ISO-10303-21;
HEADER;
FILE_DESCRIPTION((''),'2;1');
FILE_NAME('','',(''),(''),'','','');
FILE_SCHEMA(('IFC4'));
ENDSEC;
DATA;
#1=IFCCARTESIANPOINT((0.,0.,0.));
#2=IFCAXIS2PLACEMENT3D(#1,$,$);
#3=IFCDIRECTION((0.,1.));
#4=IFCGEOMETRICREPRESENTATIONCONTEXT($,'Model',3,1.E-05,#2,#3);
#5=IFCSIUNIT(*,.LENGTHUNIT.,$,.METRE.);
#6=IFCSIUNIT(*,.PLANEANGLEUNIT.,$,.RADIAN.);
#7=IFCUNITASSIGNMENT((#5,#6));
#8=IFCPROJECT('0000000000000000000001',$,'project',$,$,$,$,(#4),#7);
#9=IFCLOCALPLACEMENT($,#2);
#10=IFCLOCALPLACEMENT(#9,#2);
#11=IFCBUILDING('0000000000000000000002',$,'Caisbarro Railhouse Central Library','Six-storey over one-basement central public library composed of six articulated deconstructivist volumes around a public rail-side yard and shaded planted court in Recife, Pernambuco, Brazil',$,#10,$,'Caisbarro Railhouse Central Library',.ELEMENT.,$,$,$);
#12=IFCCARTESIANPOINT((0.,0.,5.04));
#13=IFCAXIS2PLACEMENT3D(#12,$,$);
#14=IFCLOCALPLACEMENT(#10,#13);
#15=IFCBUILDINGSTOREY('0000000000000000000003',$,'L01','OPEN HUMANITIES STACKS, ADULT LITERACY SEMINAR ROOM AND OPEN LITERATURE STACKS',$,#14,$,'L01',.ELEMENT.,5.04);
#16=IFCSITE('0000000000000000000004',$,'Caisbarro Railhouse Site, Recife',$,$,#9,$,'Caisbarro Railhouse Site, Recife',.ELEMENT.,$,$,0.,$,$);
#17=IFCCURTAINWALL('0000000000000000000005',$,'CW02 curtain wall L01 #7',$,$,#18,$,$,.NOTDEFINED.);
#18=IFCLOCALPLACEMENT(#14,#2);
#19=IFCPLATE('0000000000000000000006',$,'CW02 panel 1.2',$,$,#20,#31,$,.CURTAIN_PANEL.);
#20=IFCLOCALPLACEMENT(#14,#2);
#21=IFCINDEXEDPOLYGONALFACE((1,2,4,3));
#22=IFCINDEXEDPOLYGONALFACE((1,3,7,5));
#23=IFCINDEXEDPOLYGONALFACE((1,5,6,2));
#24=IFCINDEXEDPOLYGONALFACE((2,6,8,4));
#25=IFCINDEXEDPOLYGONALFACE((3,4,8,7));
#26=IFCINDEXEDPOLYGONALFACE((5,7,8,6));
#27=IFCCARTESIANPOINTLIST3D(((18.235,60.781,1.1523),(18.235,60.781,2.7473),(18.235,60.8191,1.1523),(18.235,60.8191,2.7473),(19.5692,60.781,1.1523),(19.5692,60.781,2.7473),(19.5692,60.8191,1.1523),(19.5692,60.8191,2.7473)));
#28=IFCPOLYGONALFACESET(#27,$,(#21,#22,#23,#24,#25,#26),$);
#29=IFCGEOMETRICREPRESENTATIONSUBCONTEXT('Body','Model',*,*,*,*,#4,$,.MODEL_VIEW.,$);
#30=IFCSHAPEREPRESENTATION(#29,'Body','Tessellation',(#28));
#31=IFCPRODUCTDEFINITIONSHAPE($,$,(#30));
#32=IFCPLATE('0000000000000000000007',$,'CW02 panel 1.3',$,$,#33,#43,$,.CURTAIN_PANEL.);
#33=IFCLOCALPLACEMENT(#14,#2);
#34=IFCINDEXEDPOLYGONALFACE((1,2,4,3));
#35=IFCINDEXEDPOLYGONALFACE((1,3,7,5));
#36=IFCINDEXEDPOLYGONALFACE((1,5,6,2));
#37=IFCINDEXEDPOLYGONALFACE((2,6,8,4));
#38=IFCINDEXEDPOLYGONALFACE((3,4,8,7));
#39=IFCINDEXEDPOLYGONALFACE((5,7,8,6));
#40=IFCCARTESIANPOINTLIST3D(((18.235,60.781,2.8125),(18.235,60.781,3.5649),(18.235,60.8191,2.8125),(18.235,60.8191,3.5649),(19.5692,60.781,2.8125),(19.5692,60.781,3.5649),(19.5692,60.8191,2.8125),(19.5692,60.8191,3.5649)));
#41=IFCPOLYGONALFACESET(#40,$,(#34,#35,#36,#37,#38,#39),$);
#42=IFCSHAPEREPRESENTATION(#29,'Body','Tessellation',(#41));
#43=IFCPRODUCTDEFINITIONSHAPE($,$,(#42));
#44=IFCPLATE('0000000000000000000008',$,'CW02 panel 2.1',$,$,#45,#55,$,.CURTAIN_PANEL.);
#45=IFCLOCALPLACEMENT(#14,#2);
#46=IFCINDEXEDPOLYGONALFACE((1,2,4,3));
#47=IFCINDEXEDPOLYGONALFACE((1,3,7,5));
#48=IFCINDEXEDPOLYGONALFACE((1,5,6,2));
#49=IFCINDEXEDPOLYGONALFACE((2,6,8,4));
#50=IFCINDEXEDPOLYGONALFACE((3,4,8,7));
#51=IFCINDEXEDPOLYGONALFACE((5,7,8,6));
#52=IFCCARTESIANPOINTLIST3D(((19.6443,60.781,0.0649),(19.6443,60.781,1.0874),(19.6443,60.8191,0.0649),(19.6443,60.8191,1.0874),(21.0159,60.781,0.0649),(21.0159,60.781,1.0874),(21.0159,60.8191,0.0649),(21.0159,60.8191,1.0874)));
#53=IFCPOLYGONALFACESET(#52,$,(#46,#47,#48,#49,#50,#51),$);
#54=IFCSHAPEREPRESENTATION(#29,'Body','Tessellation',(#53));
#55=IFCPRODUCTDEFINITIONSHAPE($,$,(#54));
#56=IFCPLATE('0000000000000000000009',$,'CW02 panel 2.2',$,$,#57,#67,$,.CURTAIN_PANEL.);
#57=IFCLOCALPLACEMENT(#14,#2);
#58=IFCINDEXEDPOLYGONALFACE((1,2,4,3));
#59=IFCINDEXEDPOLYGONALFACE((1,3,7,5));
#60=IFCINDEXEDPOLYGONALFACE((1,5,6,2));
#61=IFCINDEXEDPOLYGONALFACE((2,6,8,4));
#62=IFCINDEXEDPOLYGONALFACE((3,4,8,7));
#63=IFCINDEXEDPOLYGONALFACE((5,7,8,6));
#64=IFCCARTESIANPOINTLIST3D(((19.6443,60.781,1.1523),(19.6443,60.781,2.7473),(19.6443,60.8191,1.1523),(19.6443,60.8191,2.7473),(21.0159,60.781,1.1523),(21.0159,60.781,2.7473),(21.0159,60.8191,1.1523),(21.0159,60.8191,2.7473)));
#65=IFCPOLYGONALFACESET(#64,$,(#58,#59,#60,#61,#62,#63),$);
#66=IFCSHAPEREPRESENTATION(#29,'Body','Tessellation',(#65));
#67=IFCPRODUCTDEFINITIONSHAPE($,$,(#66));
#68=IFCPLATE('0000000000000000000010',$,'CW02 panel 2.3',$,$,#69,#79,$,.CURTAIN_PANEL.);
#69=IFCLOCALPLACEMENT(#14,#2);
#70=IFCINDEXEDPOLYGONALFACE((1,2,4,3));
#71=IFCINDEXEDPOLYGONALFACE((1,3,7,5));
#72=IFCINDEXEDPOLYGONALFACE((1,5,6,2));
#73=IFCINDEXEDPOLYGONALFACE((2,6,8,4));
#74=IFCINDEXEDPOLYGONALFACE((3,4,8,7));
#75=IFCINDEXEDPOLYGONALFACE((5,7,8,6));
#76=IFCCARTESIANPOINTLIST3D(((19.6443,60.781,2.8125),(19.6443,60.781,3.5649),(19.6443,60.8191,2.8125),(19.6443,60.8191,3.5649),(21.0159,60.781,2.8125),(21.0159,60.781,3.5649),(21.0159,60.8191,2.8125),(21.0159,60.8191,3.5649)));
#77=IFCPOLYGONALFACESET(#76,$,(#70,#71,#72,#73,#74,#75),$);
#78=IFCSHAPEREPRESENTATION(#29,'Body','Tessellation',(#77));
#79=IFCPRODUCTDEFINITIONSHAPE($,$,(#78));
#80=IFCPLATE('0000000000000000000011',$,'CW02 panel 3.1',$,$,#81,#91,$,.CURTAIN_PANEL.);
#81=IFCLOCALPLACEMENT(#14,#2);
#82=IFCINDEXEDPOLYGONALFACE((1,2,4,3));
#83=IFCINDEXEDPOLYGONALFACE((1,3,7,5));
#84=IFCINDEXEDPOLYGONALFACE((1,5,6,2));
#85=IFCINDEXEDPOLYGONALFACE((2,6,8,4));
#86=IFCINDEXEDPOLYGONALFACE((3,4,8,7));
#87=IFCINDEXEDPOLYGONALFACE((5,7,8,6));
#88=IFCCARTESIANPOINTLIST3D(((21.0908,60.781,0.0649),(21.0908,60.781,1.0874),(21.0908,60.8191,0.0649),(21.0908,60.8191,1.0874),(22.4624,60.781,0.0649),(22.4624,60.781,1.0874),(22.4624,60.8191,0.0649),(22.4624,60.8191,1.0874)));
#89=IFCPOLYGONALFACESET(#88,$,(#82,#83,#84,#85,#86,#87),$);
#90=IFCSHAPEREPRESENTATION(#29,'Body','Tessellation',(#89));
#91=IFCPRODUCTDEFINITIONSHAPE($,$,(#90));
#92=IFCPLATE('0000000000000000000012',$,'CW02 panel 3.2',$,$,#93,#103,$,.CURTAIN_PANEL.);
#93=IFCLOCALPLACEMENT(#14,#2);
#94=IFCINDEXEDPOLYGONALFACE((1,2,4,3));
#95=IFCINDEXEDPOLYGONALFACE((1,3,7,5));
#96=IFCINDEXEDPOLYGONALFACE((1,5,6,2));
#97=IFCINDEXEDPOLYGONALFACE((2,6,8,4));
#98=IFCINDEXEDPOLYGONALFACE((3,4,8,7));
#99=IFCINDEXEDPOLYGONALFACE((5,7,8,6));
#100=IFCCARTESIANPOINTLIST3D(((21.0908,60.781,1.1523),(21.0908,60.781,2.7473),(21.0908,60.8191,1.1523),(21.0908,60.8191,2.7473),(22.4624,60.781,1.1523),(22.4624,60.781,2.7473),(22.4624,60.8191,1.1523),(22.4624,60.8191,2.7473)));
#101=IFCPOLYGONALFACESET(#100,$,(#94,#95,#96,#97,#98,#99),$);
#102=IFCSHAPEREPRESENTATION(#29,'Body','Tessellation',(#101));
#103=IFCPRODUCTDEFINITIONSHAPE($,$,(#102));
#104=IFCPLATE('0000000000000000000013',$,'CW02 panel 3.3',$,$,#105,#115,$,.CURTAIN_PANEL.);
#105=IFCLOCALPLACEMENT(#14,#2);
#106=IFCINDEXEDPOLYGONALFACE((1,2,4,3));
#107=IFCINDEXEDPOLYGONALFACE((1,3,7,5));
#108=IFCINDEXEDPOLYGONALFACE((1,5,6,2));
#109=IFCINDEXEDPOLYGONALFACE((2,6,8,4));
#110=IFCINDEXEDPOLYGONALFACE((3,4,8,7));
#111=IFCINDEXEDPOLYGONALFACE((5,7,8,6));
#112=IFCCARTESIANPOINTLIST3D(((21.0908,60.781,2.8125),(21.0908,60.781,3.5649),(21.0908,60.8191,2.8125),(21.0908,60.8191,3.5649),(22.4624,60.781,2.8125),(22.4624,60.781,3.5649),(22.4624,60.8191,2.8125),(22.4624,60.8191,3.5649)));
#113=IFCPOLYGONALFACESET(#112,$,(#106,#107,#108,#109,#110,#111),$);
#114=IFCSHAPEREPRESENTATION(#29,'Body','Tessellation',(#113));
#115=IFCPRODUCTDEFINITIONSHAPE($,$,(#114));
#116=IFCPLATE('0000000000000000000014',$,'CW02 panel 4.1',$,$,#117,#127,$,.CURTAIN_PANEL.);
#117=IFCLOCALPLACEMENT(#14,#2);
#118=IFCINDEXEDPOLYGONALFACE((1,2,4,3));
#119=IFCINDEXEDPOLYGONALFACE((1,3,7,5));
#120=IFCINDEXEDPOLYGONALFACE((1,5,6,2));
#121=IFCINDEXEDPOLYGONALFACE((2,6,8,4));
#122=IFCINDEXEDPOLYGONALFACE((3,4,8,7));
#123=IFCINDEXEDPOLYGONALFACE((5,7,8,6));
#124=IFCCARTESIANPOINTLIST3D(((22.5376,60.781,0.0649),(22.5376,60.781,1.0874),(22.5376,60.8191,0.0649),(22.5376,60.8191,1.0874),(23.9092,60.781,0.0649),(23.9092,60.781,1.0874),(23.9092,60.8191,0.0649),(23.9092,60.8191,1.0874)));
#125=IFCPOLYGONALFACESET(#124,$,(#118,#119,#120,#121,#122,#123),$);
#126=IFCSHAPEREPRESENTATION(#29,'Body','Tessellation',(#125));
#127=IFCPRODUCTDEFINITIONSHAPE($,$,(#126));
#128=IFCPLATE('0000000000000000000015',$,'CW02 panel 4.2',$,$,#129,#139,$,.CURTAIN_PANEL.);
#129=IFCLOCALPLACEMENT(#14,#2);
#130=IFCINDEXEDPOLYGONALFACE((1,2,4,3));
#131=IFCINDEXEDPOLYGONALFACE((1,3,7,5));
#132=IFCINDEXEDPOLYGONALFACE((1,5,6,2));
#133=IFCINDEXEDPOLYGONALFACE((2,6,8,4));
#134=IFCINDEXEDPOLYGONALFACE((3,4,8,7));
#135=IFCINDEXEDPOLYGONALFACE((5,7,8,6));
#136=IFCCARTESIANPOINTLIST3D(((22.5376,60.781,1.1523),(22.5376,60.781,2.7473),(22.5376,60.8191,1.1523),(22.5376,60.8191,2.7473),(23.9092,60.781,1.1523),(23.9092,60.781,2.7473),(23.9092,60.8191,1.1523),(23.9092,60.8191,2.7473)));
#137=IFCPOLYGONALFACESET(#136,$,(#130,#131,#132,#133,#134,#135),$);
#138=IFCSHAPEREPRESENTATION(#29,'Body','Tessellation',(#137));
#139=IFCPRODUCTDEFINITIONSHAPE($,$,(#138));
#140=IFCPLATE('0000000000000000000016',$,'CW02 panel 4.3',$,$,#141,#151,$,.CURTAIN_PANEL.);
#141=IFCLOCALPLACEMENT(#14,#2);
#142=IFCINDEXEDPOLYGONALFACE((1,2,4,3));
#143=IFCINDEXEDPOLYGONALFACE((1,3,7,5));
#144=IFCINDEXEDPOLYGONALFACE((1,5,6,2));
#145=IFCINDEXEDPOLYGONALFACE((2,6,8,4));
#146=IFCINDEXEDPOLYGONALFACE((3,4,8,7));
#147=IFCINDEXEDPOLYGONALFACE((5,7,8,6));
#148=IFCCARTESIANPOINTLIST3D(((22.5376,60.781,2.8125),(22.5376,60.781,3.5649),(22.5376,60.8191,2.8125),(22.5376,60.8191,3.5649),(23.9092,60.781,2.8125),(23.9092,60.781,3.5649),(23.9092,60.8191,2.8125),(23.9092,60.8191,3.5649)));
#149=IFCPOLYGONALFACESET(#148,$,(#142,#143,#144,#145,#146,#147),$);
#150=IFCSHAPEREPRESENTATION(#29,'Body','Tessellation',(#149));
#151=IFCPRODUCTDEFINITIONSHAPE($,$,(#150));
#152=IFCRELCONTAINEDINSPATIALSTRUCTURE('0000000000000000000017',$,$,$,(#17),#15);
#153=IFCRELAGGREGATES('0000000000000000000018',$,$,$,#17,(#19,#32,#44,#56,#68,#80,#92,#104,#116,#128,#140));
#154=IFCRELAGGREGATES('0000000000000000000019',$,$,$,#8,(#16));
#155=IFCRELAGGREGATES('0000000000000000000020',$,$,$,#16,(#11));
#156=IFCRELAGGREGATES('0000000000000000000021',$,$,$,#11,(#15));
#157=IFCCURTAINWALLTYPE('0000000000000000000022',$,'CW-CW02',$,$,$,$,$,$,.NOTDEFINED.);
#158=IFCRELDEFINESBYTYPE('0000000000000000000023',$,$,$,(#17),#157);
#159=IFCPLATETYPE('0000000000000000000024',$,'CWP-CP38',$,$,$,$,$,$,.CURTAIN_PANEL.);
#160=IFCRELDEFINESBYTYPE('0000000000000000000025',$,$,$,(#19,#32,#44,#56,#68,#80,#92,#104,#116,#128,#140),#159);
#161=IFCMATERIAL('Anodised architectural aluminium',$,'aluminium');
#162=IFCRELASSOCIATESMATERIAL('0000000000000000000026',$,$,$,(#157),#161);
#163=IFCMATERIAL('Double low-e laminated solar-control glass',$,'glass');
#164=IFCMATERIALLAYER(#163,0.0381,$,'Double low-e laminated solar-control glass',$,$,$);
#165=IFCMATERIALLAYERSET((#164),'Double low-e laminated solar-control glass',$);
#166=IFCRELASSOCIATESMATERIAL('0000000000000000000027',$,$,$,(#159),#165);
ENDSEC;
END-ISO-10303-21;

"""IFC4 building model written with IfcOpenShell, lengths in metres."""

from ifc_helpers import new_model, si_unit, direction, frame, origin, origin_2d, place, context, subcontext, project, spatial, rectangle, extrude, material, layer, layer_set, type_object, element, aggregate, save


model = new_model("IFC4")

# Units and contexts
model_context = context("Model", 3, precision=1e-05, world=origin(), true_north=direction((0.0, 1.0)))
body_context = subcontext(model_context, "Body", "Model", "MODEL_VIEW")
ifc_project = project(units=[si_unit("LENGTHUNIT", "METRE"), si_unit("PLANEANGLEUNIT", "RADIAN")], contexts=[model_context])

# Site, building, storey
site_placement = place(None, origin())
site = spatial("IfcSite", under=ifc_project, at=site_placement, Name="Caisbarro Railhouse Site, Recife", LongName="Caisbarro Railhouse Site, Recife", CompositionType="ELEMENT", RefElevation=0.0)
building_placement = place(site_placement, origin())
building = spatial("IfcBuilding", under=site, at=building_placement, Name="Caisbarro Railhouse Central Library", Description="Six-storey over one-basement central public library composed of six articulated deconstructivist volumes around a public rail-side yard and shaded planted court in Recife, Pernambuco, Brazil", LongName="Caisbarro Railhouse Central Library", CompositionType="ELEMENT")
storey_placement = place(building_placement, frame((0.0, 0.0, 5.04)))
storey = spatial("IfcBuildingStorey", under=building, at=storey_placement, Name="L01", Description="OPEN HUMANITIES STACKS, ADULT LITERACY SEMINAR ROOM AND OPEN LITERATURE STACKS", LongName="L01", CompositionType="ELEMENT", Elevation=5.04)

# Curtain wall, plates
ifc_material_1 = material(Name="Anodised architectural aluminium", Category="aluminium")
curtain_wall_type = type_object("IfcCurtainWallType", Name="CW-CW02", PredefinedType="NOTDEFINED", material=ifc_material_1)
curtain_wall_placement = place(storey_placement, origin())
curtain_wall = element("IfcCurtainWall", 1, at=curtain_wall_placement, inside=storey, type_object=curtain_wall_type, Name="CW02 curtain wall L01 #7", PredefinedType="NOTDEFINED")
ifc_material_2 = material(Name="Double low-e laminated solar-control glass", Category="glass")
ifc_layer = layer(ifc_material_2, 0.0381, Name="Double low-e laminated solar-control glass")
ifc_layer_set = layer_set([ifc_layer], Name="Double low-e laminated solar-control glass")
plate_type = type_object("IfcPlateType", Name="CWP-CP38", PredefinedType="CURTAIN_PANEL", material=ifc_layer_set)
plate_1_placement = place(storey_placement, frame((18.9021, 60.8, 1.1523), z_axis=(0.0, 0.0, 1.0), x_axis=(1.0, 0.0, 0.0)))
plate_1 = element("IfcPlate", 2, at=plate_1_placement, type_object=plate_type, Name="CW02 panel 1.2", PredefinedType="CURTAIN_PANEL", context=body_context, shape_type="SweptSolid", body=[
    extrude(rectangle(XDim=1.3342, YDim=0.0381, at=origin_2d()), origin(), (0.0, 0.0, 1.0), 1.595),
])
plate_2_placement = place(storey_placement, frame((18.9021, 60.8, 2.8125), z_axis=(0.0, 0.0, 1.0), x_axis=(1.0, 0.0, 0.0)))
plate_2 = element("IfcPlate", 3, at=plate_2_placement, type_object=plate_type, Name="CW02 panel 1.3", PredefinedType="CURTAIN_PANEL", context=body_context, shape_type="SweptSolid", body=[
    extrude(rectangle(XDim=1.3342, YDim=0.0381, at=origin_2d()), origin(), (0.0, 0.0, 1.0), 0.7524),
])
plate_3_placement = place(storey_placement, frame((20.3301, 60.8, 0.0649), z_axis=(0.0, 0.0, 1.0), x_axis=(1.0, 0.0, 0.0)))
plate_3 = element("IfcPlate", 4, at=plate_3_placement, type_object=plate_type, Name="CW02 panel 2.1", PredefinedType="CURTAIN_PANEL", context=body_context, shape_type="SweptSolid", body=[
    extrude(rectangle(XDim=1.3716, YDim=0.0381, at=origin_2d()), origin(), (0.0, 0.0, 1.0), 1.0225),
])
plate_4_placement = place(storey_placement, frame((20.3301, 60.8, 1.1523), z_axis=(0.0, 0.0, 1.0), x_axis=(1.0, 0.0, 0.0)))
plate_4 = element("IfcPlate", 5, at=plate_4_placement, type_object=plate_type, Name="CW02 panel 2.2", PredefinedType="CURTAIN_PANEL", context=body_context, shape_type="SweptSolid", body=[
    extrude(rectangle(XDim=1.3716, YDim=0.0381, at=origin_2d()), origin(), (0.0, 0.0, 1.0), 1.595),
])
plate_5_placement = place(storey_placement, frame((20.3301, 60.8, 2.8125), z_axis=(0.0, 0.0, 1.0), x_axis=(1.0, 0.0, 0.0)))
plate_5 = element("IfcPlate", 6, at=plate_5_placement, type_object=plate_type, Name="CW02 panel 2.3", PredefinedType="CURTAIN_PANEL", context=body_context, shape_type="SweptSolid", body=[
    extrude(rectangle(XDim=1.3716, YDim=0.0381, at=origin_2d()), origin(), (0.0, 0.0, 1.0), 0.7524),
])
plate_6_placement = place(storey_placement, frame((21.7766, 60.8, 0.0649), z_axis=(0.0, 0.0, 1.0), x_axis=(1.0, 0.0, 0.0)))
plate_6 = element("IfcPlate", 7, at=plate_6_placement, type_object=plate_type, Name="CW02 panel 3.1", PredefinedType="CURTAIN_PANEL", context=body_context, shape_type="SweptSolid", body=[
    extrude(rectangle(XDim=1.3716, YDim=0.0381, at=origin_2d()), origin(), (0.0, 0.0, 1.0), 1.0225),
])
plate_7_placement = place(storey_placement, frame((21.7766, 60.8, 1.1523), z_axis=(0.0, 0.0, 1.0), x_axis=(1.0, 0.0, 0.0)))
plate_7 = element("IfcPlate", 8, at=plate_7_placement, type_object=plate_type, Name="CW02 panel 3.2", PredefinedType="CURTAIN_PANEL", context=body_context, shape_type="SweptSolid", body=[
    extrude(rectangle(XDim=1.3716, YDim=0.0381, at=origin_2d()), origin(), (0.0, 0.0, 1.0), 1.595),
])
plate_8_placement = place(storey_placement, frame((21.7766, 60.8, 2.8125), z_axis=(0.0, 0.0, 1.0), x_axis=(1.0, 0.0, 0.0)))
plate_8 = element("IfcPlate", 9, at=plate_8_placement, type_object=plate_type, Name="CW02 panel 3.3", PredefinedType="CURTAIN_PANEL", context=body_context, shape_type="SweptSolid", body=[
    extrude(rectangle(XDim=1.3716, YDim=0.0381, at=origin_2d()), origin(), (0.0, 0.0, 1.0), 0.7524),
])
plate_9_placement = place(storey_placement, frame((23.2234, 60.8, 0.0649), z_axis=(0.0, 0.0, 1.0), x_axis=(1.0, 0.0, 0.0)))
plate_9 = element("IfcPlate", 10, at=plate_9_placement, type_object=plate_type, Name="CW02 panel 4.1", PredefinedType="CURTAIN_PANEL", context=body_context, shape_type="SweptSolid", body=[
    extrude(rectangle(XDim=1.3716, YDim=0.0381, at=origin_2d()), origin(), (0.0, 0.0, 1.0), 1.0225),
])
plate_10_placement = place(storey_placement, frame((23.2234, 60.8, 1.1523), z_axis=(0.0, 0.0, 1.0), x_axis=(1.0, 0.0, 0.0)))
plate_10 = element("IfcPlate", 11, at=plate_10_placement, type_object=plate_type, Name="CW02 panel 4.2", PredefinedType="CURTAIN_PANEL", context=body_context, shape_type="SweptSolid", body=[
    extrude(rectangle(XDim=1.3716, YDim=0.0381, at=origin_2d()), origin(), (0.0, 0.0, 1.0), 1.595),
])
plate_11_placement = place(storey_placement, frame((23.2234, 60.8, 2.8125), z_axis=(0.0, 0.0, 1.0), x_axis=(1.0, 0.0, 0.0)))
plate_11 = element("IfcPlate", 12, at=plate_11_placement, type_object=plate_type, Name="CW02 panel 4.3", PredefinedType="CURTAIN_PANEL", context=body_context, shape_type="SweptSolid", body=[
    extrude(rectangle(XDim=1.3716, YDim=0.0381, at=origin_2d()), origin(), (0.0, 0.0, 1.0), 0.7524),
])
aggregate(curtain_wall, [plate_1, plate_2, plate_3, plate_4, plate_5, plate_6, plate_7, plate_8, plate_9, plate_10, plate_11])

save(model, "model.ifc")
